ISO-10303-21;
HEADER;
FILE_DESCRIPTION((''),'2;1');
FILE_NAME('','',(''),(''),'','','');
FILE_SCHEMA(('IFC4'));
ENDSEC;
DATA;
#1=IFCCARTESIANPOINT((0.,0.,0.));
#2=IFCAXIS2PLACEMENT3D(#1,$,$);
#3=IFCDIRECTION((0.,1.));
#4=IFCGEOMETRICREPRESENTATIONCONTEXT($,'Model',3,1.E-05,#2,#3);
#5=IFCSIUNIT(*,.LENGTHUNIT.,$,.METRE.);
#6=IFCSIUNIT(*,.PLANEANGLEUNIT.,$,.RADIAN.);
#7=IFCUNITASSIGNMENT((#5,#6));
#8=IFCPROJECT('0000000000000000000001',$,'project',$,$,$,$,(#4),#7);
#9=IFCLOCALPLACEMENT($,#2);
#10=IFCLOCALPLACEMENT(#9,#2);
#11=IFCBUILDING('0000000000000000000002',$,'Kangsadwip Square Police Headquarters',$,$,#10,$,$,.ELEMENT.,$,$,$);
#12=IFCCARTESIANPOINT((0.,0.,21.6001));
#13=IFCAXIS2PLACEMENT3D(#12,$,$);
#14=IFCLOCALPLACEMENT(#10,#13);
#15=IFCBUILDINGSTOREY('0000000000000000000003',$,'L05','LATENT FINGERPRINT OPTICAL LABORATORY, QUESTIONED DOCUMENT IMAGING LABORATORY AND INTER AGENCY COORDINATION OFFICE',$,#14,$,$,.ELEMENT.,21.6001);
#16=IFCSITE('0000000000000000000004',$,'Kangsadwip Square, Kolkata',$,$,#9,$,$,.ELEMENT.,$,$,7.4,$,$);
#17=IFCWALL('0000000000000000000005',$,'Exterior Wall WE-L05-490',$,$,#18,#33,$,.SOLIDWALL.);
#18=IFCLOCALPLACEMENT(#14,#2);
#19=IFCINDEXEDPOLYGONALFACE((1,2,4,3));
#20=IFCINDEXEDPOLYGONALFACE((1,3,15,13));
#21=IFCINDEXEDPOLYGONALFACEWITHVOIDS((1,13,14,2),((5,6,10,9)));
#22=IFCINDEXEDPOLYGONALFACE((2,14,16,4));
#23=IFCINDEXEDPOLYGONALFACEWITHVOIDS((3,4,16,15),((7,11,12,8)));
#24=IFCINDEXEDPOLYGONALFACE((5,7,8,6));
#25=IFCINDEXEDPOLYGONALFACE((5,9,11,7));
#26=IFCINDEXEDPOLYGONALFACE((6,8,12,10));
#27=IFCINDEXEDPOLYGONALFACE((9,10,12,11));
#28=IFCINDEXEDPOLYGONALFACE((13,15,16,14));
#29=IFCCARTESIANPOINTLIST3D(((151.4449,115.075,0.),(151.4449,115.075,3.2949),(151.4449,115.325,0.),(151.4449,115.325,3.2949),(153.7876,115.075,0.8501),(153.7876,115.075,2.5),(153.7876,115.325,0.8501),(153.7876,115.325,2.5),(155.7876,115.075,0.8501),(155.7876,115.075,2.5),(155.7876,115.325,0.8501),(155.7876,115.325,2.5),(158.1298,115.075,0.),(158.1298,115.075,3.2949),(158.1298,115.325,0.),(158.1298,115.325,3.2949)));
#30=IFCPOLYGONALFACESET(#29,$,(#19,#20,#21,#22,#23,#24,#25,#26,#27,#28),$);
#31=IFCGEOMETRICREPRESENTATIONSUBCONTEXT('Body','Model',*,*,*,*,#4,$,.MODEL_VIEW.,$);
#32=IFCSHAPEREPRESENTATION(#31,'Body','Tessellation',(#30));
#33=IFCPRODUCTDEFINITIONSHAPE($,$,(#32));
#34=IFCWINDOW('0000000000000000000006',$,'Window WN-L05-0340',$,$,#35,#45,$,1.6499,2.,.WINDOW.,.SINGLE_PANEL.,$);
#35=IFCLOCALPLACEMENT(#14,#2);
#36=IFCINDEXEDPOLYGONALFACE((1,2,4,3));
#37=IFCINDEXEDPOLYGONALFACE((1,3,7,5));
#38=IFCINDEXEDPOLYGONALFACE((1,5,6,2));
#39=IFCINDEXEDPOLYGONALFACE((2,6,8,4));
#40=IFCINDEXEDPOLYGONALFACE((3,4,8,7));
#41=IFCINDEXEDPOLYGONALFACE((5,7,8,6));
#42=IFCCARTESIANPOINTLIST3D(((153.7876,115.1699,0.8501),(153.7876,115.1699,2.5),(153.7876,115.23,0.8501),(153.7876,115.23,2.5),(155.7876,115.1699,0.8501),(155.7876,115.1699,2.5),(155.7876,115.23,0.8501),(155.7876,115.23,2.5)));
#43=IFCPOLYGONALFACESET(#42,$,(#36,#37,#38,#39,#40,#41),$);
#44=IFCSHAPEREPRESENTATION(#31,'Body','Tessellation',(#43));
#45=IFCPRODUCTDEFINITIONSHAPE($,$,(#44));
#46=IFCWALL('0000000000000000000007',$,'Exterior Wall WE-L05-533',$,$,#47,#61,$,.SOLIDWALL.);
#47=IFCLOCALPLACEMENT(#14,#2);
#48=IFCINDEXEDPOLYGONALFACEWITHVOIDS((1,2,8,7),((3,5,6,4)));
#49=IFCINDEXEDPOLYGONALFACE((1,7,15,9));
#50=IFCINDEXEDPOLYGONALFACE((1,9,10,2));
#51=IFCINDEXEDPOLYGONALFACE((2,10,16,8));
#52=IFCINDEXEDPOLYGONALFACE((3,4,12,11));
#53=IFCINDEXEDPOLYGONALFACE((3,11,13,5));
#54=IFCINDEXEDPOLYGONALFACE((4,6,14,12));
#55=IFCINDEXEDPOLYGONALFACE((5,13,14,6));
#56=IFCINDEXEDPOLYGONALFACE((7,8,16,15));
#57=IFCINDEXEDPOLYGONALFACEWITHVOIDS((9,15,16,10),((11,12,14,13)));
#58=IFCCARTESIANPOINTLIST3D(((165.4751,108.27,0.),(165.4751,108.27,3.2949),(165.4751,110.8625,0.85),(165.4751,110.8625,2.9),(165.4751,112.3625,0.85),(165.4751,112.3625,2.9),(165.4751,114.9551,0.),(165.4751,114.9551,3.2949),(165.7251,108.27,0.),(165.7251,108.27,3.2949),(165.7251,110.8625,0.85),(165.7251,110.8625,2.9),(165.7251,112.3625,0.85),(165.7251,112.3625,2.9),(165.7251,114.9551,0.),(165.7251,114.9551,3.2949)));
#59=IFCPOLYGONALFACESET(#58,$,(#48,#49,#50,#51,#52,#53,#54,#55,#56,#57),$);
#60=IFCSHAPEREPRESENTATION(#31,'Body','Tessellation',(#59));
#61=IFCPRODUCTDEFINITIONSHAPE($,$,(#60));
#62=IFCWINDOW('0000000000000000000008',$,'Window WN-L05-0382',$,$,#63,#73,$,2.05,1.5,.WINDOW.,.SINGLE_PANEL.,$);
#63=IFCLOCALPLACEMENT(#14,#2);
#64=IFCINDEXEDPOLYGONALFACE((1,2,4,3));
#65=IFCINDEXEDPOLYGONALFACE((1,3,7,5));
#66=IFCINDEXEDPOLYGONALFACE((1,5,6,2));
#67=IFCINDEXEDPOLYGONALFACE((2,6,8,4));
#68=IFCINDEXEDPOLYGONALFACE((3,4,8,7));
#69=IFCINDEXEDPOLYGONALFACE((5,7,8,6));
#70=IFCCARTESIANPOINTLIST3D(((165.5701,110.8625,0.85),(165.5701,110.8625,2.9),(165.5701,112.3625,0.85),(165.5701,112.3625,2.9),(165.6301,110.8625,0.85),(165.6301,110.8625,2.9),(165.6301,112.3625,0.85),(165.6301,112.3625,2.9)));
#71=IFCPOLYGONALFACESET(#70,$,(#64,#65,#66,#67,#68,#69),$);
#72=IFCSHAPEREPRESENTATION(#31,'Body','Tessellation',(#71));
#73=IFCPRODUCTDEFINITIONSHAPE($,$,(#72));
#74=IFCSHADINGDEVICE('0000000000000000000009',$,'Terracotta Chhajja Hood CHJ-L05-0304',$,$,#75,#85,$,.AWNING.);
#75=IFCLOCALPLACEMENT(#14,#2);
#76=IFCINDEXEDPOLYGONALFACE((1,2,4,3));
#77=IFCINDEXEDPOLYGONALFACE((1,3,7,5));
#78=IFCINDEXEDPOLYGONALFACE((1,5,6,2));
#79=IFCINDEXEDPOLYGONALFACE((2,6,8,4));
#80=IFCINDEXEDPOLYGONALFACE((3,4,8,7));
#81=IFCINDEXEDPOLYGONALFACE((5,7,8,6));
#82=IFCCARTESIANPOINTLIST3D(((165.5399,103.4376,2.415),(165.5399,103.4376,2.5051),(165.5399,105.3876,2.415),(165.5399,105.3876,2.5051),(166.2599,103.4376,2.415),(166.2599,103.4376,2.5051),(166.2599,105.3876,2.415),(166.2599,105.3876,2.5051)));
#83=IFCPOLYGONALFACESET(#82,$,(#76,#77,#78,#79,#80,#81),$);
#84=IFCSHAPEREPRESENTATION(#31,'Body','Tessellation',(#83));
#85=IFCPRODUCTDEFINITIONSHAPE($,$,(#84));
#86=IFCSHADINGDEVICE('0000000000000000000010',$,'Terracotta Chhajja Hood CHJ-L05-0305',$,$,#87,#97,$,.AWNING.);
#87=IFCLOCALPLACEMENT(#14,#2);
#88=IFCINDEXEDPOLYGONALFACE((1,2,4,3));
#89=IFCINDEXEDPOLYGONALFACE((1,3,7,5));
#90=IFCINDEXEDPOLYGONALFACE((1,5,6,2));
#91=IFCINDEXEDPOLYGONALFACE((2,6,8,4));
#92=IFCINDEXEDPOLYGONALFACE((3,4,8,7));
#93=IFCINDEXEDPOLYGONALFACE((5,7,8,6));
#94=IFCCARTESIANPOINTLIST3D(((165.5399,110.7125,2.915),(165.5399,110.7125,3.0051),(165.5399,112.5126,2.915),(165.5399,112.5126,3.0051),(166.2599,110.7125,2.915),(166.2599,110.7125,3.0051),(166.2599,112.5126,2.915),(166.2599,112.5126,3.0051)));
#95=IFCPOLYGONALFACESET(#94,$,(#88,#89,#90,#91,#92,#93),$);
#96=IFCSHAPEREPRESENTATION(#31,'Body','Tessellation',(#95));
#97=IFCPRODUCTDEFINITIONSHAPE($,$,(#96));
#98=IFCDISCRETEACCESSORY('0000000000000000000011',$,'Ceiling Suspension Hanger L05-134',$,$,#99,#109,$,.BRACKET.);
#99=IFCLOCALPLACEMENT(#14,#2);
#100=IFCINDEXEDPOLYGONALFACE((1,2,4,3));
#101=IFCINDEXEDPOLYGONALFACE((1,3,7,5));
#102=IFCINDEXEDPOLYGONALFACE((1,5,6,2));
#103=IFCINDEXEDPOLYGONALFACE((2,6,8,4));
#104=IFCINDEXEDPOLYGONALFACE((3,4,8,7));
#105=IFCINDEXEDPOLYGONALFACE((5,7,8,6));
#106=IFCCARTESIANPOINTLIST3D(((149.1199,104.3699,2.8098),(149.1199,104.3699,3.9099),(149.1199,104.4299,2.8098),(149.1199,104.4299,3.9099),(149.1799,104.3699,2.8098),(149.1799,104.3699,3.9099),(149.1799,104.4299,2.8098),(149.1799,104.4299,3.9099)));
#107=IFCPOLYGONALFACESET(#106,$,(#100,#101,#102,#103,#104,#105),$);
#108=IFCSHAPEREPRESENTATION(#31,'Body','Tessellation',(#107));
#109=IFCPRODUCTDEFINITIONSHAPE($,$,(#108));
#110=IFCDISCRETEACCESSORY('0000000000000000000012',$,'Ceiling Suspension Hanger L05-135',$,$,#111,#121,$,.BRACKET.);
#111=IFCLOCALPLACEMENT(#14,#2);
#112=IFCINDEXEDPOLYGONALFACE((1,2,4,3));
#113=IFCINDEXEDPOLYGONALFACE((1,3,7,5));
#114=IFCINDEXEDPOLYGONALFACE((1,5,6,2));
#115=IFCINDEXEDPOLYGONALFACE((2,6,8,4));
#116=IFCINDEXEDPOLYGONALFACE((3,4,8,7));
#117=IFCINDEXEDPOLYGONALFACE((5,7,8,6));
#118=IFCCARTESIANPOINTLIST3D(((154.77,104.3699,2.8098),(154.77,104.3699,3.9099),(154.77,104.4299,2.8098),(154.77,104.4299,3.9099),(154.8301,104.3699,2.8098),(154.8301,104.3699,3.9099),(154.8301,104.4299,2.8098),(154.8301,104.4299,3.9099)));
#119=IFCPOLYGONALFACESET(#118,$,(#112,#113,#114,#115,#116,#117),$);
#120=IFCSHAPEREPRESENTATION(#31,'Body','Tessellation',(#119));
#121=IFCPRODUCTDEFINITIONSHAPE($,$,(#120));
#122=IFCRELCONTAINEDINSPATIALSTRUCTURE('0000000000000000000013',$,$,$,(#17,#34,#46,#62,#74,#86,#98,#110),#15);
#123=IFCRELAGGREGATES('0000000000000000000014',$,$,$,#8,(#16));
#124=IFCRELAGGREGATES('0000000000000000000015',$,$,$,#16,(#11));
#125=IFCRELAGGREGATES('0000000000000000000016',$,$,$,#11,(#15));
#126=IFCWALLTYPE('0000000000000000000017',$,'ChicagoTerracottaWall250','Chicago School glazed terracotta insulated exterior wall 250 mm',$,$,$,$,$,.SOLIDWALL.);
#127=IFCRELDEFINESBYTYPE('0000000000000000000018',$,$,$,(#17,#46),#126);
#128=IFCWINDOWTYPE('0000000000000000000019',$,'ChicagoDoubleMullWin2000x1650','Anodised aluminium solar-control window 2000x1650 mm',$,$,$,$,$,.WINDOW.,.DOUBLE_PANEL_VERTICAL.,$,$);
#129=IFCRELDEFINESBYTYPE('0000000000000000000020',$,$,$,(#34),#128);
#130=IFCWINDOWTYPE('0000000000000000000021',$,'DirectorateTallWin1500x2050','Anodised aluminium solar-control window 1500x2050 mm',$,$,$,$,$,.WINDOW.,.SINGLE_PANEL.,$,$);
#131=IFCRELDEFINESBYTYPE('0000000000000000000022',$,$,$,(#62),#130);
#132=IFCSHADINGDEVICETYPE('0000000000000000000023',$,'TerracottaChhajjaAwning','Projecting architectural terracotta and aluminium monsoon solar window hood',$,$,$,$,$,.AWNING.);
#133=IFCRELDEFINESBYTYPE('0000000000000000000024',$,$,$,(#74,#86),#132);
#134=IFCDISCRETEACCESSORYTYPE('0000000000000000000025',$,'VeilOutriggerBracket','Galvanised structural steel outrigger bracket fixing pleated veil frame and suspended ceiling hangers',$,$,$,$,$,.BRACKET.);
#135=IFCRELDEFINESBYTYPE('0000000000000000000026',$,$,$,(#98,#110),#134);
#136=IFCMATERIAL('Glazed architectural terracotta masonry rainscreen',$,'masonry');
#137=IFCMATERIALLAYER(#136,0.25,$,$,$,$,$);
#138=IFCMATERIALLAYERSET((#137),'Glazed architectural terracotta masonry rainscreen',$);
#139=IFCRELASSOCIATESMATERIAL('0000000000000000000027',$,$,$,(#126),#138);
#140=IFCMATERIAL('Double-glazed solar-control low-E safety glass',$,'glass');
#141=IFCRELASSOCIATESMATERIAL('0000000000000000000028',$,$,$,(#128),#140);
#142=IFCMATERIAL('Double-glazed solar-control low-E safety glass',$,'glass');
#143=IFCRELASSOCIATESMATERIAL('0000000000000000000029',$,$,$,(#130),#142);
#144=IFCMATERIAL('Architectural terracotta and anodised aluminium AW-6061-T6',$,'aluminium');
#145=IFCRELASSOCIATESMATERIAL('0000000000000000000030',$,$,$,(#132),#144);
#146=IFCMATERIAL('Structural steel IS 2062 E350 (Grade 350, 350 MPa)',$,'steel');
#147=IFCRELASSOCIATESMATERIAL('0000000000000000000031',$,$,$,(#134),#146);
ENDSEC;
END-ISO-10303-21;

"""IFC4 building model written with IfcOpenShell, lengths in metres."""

from ifc_helpers import new_model, si_unit, direction, frame, frame_2d, origin, origin_2d, place, context, subcontext, project, spatial, rectangle, extrude, material, layer, layer_set, type_object, element, fill, save


model = new_model("IFC4")

# Units and contexts
model_context = context("Model", 3, precision=1e-05, world=origin(), true_north=direction((0.0, 1.0)))
body_context = subcontext(model_context, "Body", "Model", "MODEL_VIEW")
ifc_project = project(units=[si_unit("LENGTHUNIT", "METRE"), si_unit("PLANEANGLEUNIT", "RADIAN")], contexts=[model_context])

# Site, building, storey
site_placement = place(None, origin())
site = spatial("IfcSite", under=ifc_project, at=site_placement, Name="Kangsadwip Square, Kolkata", CompositionType="ELEMENT", RefElevation=7.4)
building_placement = place(site_placement, origin())
building = spatial("IfcBuilding", under=site, at=building_placement, Name="Kangsadwip Square Police Headquarters", CompositionType="ELEMENT")
storey_placement = place(building_placement, frame((0.0, 0.0, 21.6001)))
storey = spatial("IfcBuildingStorey", under=building, at=storey_placement, Name="L05", Description="LATENT FINGERPRINT OPTICAL LABORATORY, QUESTIONED DOCUMENT IMAGING LABORATORY AND INTER AGENCY COORDINATION OFFICE", CompositionType="ELEMENT", Elevation=21.6001)

# Walls, openings, windows
ifc_material_1 = material(Name="Glazed architectural terracotta masonry rainscreen", Category="masonry")
ifc_layer_1 = layer(ifc_material_1, 0.25)
ifc_layer_set_1 = layer_set([ifc_layer_1], Name="Glazed architectural terracotta masonry rainscreen")
wall_type = type_object("IfcWallType", Name="ChicagoTerracottaWall250", Description="Chicago School glazed terracotta insulated exterior wall 250 mm", PredefinedType="SOLIDWALL", material=ifc_layer_set_1)
wall_1_placement = place(storey_placement, frame((151.4451, 115.2, 0.0), z_axis=(0.0, 0.0, 1.0), x_axis=(1.0, 0.0, 0.0)))
wall_1 = element("IfcWall", 1, at=wall_1_placement, inside=storey, type_object=wall_type, Name="Exterior Wall WE-L05-490", PredefinedType="SOLIDWALL", context=body_context, shape_type="SweptSolid", body=[
    extrude(rectangle(XDim=6.6848, YDim=0.25, at=frame_2d((3.3423, 0.0))), origin(), (0.0, 0.0, 1.0), 3.2949),
])
opening_1_placement = place(wall_1_placement, frame((2.3425, 0.0, 0.8501)))
opening_1 = element("IfcOpeningElement", 2, at=opening_1_placement, cuts=wall_1, PredefinedType="OPENING", context=body_context, shape_type="SweptSolid", body=[
    extrude(rectangle(XDim=2.0, YDim=1.6499, at=frame_2d((1.0, 0.825))), frame((0.0, 0.135, 0.0), z_axis=(0.0, -1.0, 0.0), x_axis=(1.0, 0.0, 0.0)), (0.0, 0.0, 1.0), 0.27),
])
ifc_material_2 = material(Name="Double-glazed solar-control low-E safety glass", Category="glass")
window_type_1 = type_object("IfcWindowType", Name="ChicagoDoubleMullWin2000x1650", Description="Anodised aluminium solar-control window 2000x1650 mm", PartitioningType="DOUBLE_PANEL_VERTICAL", PredefinedType="WINDOW", material=ifc_material_2)
window_1_placement = place(opening_1_placement, origin())
window_1 = element("IfcWindow", 3, at=window_1_placement, inside=storey, type_object=window_type_1, Name="Window WN-L05-0340", OverallHeight=1.6499, OverallWidth=2.0, PartitioningType="SINGLE_PANEL", PredefinedType="WINDOW", context=body_context, shape_type="SweptSolid", body=[
    extrude(rectangle(XDim=2.0, YDim=1.6499, at=frame_2d((1.0, 0.825))), frame((0.0, 0.03, 0.0), z_axis=(0.0, -1.0, 0.0), x_axis=(1.0, 0.0, 0.0)), (0.0, 0.0, 1.0), 0.0601),
])
fill(opening_1, window_1)
wall_2_placement = place(storey_placement, frame((165.6001, 108.27, 0.0), z_axis=(0.0, 0.0, 1.0), x_axis=(0.0, 1.0, 0.0)))
wall_2 = element("IfcWall", 4, at=wall_2_placement, inside=storey, type_object=wall_type, Name="Exterior Wall WE-L05-533", PredefinedType="SOLIDWALL", context=body_context, shape_type="SweptSolid", body=[
    extrude(rectangle(XDim=6.6851, YDim=0.25, at=frame_2d((3.3425, 0.0))), origin(), (0.0, 0.0, 1.0), 3.2949),
])
opening_2_placement = place(wall_2_placement, frame((2.5925, 0.0, 0.8501)))
opening_2 = element("IfcOpeningElement", 5, at=opening_2_placement, cuts=wall_2, PredefinedType="OPENING", context=body_context, shape_type="SweptSolid", body=[
    extrude(rectangle(XDim=1.5, YDim=2.05, at=frame_2d((0.75, 1.0249))), frame((0.0, 0.135, 0.0), z_axis=(0.0, -1.0, 0.0), x_axis=(1.0, 0.0, 0.0)), (0.0, 0.0, 1.0), 0.27),
])
ifc_material_3 = material(Name="Double-glazed solar-control low-E safety glass", Category="glass")
window_type_2 = type_object("IfcWindowType", Name="DirectorateTallWin1500x2050", Description="Anodised aluminium solar-control window 1500x2050 mm", PartitioningType="SINGLE_PANEL", PredefinedType="WINDOW", material=ifc_material_3)
window_2_placement = place(opening_2_placement, origin())
window_2 = element("IfcWindow", 6, at=window_2_placement, inside=storey, type_object=window_type_2, Name="Window WN-L05-0382", OverallHeight=2.05, OverallWidth=1.5, PartitioningType="SINGLE_PANEL", PredefinedType="WINDOW", context=body_context, shape_type="SweptSolid", body=[
    extrude(rectangle(XDim=1.5, YDim=2.05, at=frame_2d((0.75, 1.0249))), frame((0.0, 0.03, 0.0), z_axis=(0.0, -1.0, 0.0), x_axis=(1.0, 0.0, 0.0)), (0.0, 0.0, 1.0), 0.0601),
])
fill(opening_2, window_2)

# Shading devices
ifc_material_4 = material(Name="Architectural terracotta and anodised aluminium AW-6061-T6", Category="aluminium")
shading_device_type = type_object("IfcShadingDeviceType", Name="TerracottaChhajjaAwning", Description="Projecting architectural terracotta and aluminium monsoon solar window hood", PredefinedType="AWNING", material=ifc_material_4)
shading_device_1_placement = place(storey_placement, frame((165.8999, 104.4126, 2.415), z_axis=(0.0, 0.0, 1.0), x_axis=(0.0, 1.0, 0.0)))
element("IfcShadingDevice", 7, at=shading_device_1_placement, inside=storey, type_object=shading_device_type, Name="Terracotta Chhajja Hood CHJ-L05-0304", PredefinedType="AWNING", context=body_context, shape_type="SweptSolid", body=[
    extrude(rectangle(XDim=1.95, YDim=0.72, at=origin_2d()), origin(), (0.0, 0.0, 1.0), 0.0901),
])
shading_device_2_placement = place(storey_placement, frame((165.8999, 111.6125, 2.915), z_axis=(0.0, 0.0, 1.0), x_axis=(0.0, 1.0, 0.0)))
element("IfcShadingDevice", 8, at=shading_device_2_placement, inside=storey, type_object=shading_device_type, Name="Terracotta Chhajja Hood CHJ-L05-0305", PredefinedType="AWNING", context=body_context, shape_type="SweptSolid", body=[
    extrude(rectangle(XDim=1.8, YDim=0.72, at=origin_2d()), origin(), (0.0, 0.0, 1.0), 0.0901),
])

# Discrete accessories
ifc_material_5 = material(Name="Structural steel IS 2062 E350 (Grade 350, 350 MPa)", Category="steel")
discrete_accessory_type = type_object("IfcDiscreteAccessoryType", Name="VeilOutriggerBracket", Description="Galvanised structural steel outrigger bracket fixing pleated veil frame and suspended ceiling hangers", PredefinedType="BRACKET", material=ifc_material_5)
for number, where, z_axis, x_axis, name in (
    (9, (149.1499, 104.3999, 2.8098), (0.0, 0.0, 1.0), (1.0, 0.0, 0.0), "Ceiling Suspension Hanger L05-134"),
    (10, (154.8, 104.3999, 2.8098), (0.0, 0.0, 1.0), (1.0, 0.0, 0.0), "Ceiling Suspension Hanger L05-135"),
):
    element("IfcDiscreteAccessory", number, at=place(storey_placement, frame(where, z_axis=z_axis, x_axis=x_axis)), inside=storey, type_object=discrete_accessory_type, Name=name, PredefinedType="BRACKET", context=body_context, shape_type="SweptSolid", body=[
        extrude(rectangle(XDim=0.0601, YDim=0.0601, at=origin_2d()), origin(), (0.0, 0.0, 1.0), 1.1001),
    ])

save(model, "model.ifc")
